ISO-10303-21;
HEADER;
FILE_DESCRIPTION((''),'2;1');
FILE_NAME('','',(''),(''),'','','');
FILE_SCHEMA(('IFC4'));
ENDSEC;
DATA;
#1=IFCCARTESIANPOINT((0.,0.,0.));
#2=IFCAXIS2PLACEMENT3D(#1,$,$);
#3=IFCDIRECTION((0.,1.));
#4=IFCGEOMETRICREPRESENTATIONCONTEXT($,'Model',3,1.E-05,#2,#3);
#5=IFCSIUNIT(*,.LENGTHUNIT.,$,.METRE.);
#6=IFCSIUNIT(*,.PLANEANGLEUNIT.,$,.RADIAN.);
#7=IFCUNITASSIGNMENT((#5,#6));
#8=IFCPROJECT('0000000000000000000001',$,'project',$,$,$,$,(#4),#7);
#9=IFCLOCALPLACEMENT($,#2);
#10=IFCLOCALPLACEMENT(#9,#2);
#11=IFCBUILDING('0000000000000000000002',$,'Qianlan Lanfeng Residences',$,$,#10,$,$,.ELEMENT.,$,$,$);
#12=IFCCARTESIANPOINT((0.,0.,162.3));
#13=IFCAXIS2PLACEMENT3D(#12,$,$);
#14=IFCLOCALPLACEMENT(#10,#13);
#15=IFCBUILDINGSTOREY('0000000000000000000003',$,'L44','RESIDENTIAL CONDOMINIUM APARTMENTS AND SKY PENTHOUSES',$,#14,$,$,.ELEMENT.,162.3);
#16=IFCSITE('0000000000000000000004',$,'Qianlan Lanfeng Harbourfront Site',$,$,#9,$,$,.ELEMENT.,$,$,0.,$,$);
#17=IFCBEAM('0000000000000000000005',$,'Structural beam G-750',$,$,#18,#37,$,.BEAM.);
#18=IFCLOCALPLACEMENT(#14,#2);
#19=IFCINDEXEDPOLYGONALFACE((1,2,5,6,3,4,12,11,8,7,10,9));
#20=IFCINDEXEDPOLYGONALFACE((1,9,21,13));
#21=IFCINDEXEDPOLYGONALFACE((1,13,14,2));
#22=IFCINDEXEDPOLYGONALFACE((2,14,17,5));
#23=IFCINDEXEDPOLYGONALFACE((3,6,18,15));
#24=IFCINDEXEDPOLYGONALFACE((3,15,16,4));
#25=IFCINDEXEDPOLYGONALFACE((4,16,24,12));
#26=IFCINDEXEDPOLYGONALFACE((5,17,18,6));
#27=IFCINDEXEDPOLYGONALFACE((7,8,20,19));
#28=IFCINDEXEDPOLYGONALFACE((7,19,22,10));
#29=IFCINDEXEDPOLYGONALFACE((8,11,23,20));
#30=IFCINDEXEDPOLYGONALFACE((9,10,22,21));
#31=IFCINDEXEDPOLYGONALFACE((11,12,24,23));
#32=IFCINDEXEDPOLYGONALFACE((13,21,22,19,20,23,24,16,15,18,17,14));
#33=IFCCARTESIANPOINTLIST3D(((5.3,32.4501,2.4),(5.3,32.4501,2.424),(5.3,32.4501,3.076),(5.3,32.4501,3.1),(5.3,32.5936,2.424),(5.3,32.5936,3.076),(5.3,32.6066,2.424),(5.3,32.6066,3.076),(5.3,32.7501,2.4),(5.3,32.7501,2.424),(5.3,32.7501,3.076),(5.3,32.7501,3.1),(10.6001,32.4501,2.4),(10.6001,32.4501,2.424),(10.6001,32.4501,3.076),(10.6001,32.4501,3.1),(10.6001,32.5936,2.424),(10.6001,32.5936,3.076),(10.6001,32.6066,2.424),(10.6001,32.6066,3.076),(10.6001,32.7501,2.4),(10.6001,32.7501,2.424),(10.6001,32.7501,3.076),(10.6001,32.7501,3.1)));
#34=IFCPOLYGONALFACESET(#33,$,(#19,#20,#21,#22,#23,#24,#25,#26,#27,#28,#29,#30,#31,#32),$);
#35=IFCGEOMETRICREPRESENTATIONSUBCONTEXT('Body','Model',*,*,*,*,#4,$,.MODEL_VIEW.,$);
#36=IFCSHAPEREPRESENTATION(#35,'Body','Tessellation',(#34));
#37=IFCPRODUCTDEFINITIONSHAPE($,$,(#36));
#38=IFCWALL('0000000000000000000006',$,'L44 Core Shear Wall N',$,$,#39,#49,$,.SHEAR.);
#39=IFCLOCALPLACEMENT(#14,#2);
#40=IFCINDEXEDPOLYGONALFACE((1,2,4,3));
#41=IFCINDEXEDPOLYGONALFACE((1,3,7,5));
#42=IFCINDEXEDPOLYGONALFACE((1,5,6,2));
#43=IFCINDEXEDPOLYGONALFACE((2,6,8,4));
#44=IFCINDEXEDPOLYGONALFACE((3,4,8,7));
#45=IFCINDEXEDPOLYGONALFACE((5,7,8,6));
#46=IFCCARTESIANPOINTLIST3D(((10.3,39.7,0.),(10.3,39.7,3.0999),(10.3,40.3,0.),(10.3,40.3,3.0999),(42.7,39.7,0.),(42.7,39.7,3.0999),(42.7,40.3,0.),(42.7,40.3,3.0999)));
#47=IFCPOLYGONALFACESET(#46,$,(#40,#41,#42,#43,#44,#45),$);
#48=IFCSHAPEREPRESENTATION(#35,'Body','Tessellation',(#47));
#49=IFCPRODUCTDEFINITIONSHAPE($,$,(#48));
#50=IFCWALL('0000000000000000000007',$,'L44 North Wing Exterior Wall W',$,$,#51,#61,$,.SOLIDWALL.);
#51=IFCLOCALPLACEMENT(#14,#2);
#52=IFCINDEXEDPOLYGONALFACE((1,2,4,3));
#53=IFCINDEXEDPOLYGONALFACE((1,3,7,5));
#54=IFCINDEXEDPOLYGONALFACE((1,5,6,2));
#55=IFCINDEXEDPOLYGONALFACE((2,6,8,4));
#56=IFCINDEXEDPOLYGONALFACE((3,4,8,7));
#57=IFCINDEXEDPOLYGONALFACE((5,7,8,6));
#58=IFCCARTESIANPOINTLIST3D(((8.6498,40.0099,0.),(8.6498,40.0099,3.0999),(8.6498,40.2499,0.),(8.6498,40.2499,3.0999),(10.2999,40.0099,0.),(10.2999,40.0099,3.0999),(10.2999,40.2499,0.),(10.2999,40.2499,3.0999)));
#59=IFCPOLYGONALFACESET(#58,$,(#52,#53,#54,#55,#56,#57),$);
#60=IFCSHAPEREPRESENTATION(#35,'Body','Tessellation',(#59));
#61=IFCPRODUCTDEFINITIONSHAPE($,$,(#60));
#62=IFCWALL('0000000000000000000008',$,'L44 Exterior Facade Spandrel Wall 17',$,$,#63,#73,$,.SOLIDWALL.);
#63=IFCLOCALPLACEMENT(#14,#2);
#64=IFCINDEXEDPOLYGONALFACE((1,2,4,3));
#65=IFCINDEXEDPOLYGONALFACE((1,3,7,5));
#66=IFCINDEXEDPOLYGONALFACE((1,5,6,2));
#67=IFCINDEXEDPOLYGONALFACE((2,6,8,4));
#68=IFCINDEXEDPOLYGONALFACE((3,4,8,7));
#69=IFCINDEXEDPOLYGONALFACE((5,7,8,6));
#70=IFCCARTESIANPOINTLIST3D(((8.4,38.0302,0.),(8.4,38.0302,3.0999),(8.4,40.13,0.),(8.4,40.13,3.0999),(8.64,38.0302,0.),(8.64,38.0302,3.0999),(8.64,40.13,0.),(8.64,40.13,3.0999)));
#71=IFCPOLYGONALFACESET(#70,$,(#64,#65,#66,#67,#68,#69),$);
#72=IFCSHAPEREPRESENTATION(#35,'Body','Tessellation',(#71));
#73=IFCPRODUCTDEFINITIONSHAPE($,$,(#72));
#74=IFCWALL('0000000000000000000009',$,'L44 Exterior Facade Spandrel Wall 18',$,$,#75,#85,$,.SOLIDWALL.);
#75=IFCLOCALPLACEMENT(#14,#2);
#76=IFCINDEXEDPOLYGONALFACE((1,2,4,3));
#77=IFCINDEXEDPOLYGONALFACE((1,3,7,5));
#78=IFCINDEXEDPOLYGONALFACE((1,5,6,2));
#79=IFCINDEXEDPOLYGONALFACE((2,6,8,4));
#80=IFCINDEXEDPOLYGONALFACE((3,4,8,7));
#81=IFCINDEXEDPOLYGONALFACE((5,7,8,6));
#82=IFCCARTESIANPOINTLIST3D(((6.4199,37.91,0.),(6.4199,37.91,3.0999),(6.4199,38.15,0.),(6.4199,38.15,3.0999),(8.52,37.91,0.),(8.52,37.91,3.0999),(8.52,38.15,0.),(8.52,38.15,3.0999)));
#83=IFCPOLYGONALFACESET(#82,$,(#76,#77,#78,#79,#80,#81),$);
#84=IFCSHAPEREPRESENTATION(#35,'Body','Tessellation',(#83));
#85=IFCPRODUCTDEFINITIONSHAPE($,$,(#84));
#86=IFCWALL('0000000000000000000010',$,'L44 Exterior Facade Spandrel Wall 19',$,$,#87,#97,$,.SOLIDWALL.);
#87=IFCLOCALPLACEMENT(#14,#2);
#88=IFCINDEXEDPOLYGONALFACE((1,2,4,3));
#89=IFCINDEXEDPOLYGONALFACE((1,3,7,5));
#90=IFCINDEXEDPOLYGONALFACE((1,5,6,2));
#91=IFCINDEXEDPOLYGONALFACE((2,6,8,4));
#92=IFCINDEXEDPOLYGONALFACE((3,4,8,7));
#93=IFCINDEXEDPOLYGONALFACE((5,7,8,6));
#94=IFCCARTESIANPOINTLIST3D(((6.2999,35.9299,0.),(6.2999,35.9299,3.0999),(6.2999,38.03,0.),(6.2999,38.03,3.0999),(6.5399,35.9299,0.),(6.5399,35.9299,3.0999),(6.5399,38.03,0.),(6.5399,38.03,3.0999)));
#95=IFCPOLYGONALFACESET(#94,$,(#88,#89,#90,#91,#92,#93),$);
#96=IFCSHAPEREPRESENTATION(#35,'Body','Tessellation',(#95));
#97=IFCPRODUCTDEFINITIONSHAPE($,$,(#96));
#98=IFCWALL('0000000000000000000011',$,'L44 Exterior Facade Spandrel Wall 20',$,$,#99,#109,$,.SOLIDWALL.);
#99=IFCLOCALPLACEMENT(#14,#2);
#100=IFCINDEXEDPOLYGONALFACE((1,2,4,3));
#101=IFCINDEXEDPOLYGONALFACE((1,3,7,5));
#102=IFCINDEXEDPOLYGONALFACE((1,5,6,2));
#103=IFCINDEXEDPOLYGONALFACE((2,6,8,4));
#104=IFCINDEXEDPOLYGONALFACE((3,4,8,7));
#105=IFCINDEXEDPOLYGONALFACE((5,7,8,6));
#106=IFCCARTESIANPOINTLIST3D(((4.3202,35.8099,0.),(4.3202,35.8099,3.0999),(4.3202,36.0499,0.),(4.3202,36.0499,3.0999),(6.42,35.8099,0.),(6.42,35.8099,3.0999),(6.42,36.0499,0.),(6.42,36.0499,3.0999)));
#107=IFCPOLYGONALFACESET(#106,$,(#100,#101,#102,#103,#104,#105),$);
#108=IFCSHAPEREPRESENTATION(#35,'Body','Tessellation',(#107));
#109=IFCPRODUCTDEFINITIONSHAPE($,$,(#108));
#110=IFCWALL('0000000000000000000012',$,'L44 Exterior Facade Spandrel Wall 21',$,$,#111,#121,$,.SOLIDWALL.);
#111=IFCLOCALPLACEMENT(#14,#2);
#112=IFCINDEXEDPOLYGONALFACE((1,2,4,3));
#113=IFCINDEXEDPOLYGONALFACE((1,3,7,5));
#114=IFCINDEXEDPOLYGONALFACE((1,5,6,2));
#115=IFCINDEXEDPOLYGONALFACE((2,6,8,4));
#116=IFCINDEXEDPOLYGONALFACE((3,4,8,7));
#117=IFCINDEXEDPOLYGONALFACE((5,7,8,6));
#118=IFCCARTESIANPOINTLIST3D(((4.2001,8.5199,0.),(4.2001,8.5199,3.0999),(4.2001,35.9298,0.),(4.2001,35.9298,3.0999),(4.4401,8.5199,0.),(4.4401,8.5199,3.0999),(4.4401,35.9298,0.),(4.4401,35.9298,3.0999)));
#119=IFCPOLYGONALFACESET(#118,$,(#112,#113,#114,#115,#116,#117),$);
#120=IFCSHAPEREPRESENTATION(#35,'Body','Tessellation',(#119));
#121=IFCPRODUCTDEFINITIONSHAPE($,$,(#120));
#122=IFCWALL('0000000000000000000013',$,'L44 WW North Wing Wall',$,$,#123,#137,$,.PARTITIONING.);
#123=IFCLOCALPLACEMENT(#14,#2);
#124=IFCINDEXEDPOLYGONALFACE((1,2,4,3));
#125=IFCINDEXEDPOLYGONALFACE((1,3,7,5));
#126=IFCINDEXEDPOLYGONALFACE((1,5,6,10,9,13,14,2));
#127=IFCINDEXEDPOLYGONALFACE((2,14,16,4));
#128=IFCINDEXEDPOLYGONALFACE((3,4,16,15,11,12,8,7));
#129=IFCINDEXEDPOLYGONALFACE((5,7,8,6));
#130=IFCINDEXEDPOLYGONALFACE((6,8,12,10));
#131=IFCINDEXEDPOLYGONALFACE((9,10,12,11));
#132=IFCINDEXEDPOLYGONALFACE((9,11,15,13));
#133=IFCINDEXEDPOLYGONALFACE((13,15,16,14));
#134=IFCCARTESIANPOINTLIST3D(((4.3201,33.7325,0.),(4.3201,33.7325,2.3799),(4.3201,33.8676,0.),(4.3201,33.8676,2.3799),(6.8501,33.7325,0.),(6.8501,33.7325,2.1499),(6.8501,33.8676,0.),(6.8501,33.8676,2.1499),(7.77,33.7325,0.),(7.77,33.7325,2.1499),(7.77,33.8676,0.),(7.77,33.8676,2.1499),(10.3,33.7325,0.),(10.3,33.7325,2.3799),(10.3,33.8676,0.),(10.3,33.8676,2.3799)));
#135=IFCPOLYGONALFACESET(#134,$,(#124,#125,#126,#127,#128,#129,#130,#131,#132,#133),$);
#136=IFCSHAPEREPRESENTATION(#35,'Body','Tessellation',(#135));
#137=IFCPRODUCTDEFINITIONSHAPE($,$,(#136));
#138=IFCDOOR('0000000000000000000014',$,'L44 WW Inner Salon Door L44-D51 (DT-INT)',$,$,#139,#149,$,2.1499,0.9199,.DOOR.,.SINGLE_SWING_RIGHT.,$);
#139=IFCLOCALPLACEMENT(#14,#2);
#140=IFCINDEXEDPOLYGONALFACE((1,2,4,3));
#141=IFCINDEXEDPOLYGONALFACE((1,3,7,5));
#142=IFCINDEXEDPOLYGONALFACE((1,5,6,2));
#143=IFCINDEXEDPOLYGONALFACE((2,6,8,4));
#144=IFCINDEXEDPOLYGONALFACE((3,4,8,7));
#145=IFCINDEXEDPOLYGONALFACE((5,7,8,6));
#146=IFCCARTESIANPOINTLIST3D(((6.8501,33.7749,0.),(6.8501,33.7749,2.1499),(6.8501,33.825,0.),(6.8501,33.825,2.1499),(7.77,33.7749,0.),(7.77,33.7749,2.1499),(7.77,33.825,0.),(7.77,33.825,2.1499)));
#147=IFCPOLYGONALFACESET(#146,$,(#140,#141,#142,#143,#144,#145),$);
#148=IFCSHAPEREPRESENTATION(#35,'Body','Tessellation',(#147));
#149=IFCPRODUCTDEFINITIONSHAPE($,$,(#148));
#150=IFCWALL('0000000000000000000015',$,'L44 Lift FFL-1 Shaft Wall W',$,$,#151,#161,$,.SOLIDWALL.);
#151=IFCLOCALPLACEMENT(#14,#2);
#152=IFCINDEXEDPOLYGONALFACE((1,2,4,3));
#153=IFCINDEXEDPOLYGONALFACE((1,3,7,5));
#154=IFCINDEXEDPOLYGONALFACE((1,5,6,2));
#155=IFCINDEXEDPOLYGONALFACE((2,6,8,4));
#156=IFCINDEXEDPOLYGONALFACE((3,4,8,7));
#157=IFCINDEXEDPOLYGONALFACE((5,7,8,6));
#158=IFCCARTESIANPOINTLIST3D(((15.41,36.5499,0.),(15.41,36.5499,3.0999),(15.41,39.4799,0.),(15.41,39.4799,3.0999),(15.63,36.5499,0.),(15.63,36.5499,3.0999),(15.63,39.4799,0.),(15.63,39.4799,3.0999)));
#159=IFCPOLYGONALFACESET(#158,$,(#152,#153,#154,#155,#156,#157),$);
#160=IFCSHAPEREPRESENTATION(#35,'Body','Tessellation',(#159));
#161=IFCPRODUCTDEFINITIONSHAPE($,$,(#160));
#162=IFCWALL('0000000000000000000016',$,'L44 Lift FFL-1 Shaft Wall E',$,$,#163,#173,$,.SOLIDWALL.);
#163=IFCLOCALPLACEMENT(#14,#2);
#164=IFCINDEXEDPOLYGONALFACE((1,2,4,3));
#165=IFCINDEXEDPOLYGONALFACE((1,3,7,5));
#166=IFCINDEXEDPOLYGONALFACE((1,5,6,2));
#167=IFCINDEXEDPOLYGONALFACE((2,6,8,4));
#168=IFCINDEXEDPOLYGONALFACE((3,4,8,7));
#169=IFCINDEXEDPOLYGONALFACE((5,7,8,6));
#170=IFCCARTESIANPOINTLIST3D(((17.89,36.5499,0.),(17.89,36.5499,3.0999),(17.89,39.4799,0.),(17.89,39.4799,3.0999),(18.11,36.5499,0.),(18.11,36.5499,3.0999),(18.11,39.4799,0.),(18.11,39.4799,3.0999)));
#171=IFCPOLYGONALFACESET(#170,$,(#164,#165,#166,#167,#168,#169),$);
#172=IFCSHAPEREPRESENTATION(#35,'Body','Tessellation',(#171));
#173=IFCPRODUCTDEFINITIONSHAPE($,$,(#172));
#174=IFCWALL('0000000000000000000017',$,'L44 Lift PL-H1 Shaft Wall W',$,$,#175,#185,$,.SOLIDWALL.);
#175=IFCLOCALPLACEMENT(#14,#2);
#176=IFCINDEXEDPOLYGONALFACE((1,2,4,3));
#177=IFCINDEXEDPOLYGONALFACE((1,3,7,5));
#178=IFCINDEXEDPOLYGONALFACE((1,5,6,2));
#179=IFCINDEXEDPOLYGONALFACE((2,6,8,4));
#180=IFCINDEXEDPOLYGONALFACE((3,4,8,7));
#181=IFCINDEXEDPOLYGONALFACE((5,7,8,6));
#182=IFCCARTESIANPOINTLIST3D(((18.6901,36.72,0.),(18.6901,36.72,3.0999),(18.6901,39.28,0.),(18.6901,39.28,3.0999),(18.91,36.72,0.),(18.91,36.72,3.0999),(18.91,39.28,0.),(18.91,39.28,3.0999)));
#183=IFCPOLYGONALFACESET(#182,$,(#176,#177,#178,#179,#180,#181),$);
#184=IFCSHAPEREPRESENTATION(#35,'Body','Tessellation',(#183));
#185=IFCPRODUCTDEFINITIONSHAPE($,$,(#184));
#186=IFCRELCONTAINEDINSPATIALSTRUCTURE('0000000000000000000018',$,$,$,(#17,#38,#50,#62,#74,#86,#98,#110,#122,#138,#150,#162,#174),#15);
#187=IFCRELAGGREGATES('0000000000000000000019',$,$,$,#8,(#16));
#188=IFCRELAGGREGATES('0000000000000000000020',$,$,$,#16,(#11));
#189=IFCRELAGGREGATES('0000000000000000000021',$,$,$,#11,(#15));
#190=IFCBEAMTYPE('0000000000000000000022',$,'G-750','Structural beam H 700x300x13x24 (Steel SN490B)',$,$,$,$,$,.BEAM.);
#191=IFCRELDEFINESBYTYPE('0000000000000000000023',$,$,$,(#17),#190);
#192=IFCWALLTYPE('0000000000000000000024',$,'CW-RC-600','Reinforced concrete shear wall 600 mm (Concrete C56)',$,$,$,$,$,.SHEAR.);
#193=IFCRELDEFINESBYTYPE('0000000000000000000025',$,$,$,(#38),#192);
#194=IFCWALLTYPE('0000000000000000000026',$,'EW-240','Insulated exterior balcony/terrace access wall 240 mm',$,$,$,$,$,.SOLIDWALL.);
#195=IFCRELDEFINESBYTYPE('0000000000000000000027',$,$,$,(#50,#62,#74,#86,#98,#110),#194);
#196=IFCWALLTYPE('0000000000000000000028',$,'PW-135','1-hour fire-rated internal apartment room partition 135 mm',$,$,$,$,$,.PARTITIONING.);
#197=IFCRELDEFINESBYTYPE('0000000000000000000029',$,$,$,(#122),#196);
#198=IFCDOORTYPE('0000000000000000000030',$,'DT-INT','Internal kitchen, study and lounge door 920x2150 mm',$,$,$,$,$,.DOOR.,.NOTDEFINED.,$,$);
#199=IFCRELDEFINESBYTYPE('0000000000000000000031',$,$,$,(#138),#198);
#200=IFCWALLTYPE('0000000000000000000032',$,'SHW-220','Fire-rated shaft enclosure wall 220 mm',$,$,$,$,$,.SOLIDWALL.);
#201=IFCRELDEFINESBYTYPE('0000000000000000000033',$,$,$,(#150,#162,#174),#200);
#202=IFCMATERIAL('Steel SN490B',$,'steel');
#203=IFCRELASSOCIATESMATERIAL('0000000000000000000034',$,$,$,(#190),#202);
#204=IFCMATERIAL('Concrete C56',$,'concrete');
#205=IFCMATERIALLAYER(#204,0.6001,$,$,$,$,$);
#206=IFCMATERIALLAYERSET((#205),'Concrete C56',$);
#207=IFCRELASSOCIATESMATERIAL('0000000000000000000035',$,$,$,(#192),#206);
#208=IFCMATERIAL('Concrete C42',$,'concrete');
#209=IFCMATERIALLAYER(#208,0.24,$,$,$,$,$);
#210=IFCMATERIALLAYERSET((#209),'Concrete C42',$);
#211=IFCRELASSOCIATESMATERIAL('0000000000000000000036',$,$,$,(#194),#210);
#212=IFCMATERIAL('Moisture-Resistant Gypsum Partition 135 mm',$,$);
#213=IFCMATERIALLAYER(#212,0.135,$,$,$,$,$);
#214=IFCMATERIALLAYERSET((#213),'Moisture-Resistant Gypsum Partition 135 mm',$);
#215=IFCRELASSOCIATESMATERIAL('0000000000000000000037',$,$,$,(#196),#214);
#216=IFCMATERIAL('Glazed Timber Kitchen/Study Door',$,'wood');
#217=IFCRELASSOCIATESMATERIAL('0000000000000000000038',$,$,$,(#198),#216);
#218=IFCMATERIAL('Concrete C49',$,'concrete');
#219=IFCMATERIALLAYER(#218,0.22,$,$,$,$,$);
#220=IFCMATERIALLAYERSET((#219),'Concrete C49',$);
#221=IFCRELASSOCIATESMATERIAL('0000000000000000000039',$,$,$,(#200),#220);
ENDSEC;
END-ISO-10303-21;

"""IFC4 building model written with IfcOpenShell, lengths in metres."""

from ifc_helpers import new_model, si_unit, direction, frame, frame_2d, origin, origin_2d, place, context, subcontext, project, spatial, rectangle, i_section, extrude, material, layer, layer_set, material_profile, profile_set, type_object, element, fill, save


model = new_model("IFC4")

# Units and contexts
model_context = context("Model", 3, precision=1e-05, world=origin(), true_north=direction((0.0, 1.0)))
body_context = subcontext(model_context, "Body", "Model", "MODEL_VIEW")
ifc_project = project(units=[si_unit("LENGTHUNIT", "METRE"), si_unit("PLANEANGLEUNIT", "RADIAN")], contexts=[model_context])

# Site, building, storey
site_placement = place(None, origin())
site = spatial("IfcSite", under=ifc_project, at=site_placement, Name="Qianlan Lanfeng Harbourfront Site", CompositionType="ELEMENT", RefElevation=0.0)
building_placement = place(site_placement, origin())
building = spatial("IfcBuilding", under=site, at=building_placement, Name="Qianlan Lanfeng Residences", CompositionType="ELEMENT")
storey_placement = place(building_placement, frame((0.0, 0.0, 162.3)))
storey = spatial("IfcBuildingStorey", under=building, at=storey_placement, Name="L44", Description="RESIDENTIAL CONDOMINIUM APARTMENTS AND SKY PENTHOUSES", CompositionType="ELEMENT", Elevation=162.3)

# Beam
ifc_material_1 = material(Name="Steel SN490B", Category="steel")
ifc_material_profile = material_profile(ifc_material_1, i_section(OverallWidth=0.3, OverallDepth=0.7, WebThickness=0.0129, FlangeThickness=0.0239, at=origin_2d()), Name="H 700x300x13x24")
ifc_profile_set = profile_set([ifc_material_profile], Name="Steel SN490B")
beam_type = type_object("IfcBeamType", Name="G-750", Description="Structural beam H 700x300x13x24 (Steel SN490B)", PredefinedType="BEAM", material=ifc_profile_set)
beam_placement = place(storey_placement, frame((5.3, 32.6001, 2.75), z_axis=(1.0, 0.0, 0.0), x_axis=(0.0, 1.0, 0.0)))
element("IfcBeam", 1, at=beam_placement, inside=storey, type_object=beam_type, Name="Structural beam G-750", PredefinedType="BEAM", context=body_context, shape_type="SweptSolid", body=[
    extrude(i_section(OverallWidth=0.3, OverallDepth=0.7, WebThickness=0.0129, FlangeThickness=0.0239, at=origin_2d()), origin(), (0.0, 0.0, 1.0), 5.3),
])

# Shared definitions
ifc_material_2 = material(Name="Concrete C56", Category="concrete")

# Walls
ifc_layer_1 = layer(ifc_material_2, 0.6001)
ifc_layer_set_1 = layer_set([ifc_layer_1], Name="Concrete C56")
wall_type_1 = type_object("IfcWallType", Name="CW-RC-600", Description="Reinforced concrete shear wall 600 mm (Concrete C56)", PredefinedType="SHEAR", material=ifc_layer_set_1)
wall_1_placement = place(storey_placement, frame((10.3, 40.0, 0.0), z_axis=(0.0, 0.0, 1.0), x_axis=(1.0, 0.0, 0.0)))
element("IfcWall", 2, at=wall_1_placement, inside=storey, type_object=wall_type_1, Name="L44 Core Shear Wall N", PredefinedType="SHEAR", context=body_context, shape_type="SweptSolid", body=[
    extrude(rectangle(XDim=32.3999, YDim=0.6001, at=frame_2d((16.2, 0.0))), origin(), (0.0, 0.0, 1.0), 3.0999),
])
ifc_material_3 = material(Name="Concrete C42", Category="concrete")
ifc_layer_2 = layer(ifc_material_3, 0.24)
ifc_layer_set_2 = layer_set([ifc_layer_2], Name="Concrete C42")
wall_type_2 = type_object("IfcWallType", Name="EW-240", Description="Insulated exterior balcony/terrace access wall 240 mm", PredefinedType="SOLIDWALL", material=ifc_layer_set_2)
wall_2_placement = place(storey_placement, frame((10.3, 40.1299, 0.0), z_axis=(0.0, 0.0, 1.0), x_axis=(-1.0, 0.0, 0.0)))
element("IfcWall", 3, at=wall_2_placement, inside=storey, type_object=wall_type_2, Name="L44 North Wing Exterior Wall W", PredefinedType="SOLIDWALL", context=body_context, shape_type="SweptSolid", body=[
    extrude(rectangle(XDim=1.6501, YDim=0.24, at=frame_2d((0.8252, 0.0))), origin(), (0.0, 0.0, 1.0), 3.0999),
])
wall_3_placement = place(storey_placement, frame((8.52, 40.1299, 0.0), z_axis=(0.0, 0.0, 1.0), x_axis=(0.0, -1.0, 0.0)))
element("IfcWall", 4, at=wall_3_placement, inside=storey, type_object=wall_type_2, Name="L44 Exterior Facade Spandrel Wall 17", PredefinedType="SOLIDWALL", context=body_context, shape_type="SweptSolid", body=[
    extrude(rectangle(XDim=2.0999, YDim=0.24, at=frame_2d((1.0498, 0.0))), origin(), (0.0, 0.0, 1.0), 3.0999),
])
for number, where, z_axis, x_axis, name in (
    (5, (8.52, 38.03, 0.0), (0.0, 0.0, 1.0), (-1.0, 0.0, 0.0), "L44 Exterior Facade Spandrel Wall 18"),
    (6, (6.4199, 38.03, 0.0), (0.0, 0.0, 1.0), (0.0, -1.0, 0.0), "L44 Exterior Facade Spandrel Wall 19"),
):
    element("IfcWall", number, at=place(storey_placement, frame(where, z_axis=z_axis, x_axis=x_axis)), inside=storey, type_object=wall_type_2, Name=name, PredefinedType="SOLIDWALL", context=body_context, shape_type="SweptSolid", body=[
        extrude(rectangle(XDim=2.1001, YDim=0.24, at=frame_2d((1.05, 0.0))), origin(), (0.0, 0.0, 1.0), 3.0999),
    ])
wall_4_placement = place(storey_placement, frame((6.4199, 35.9299, 0.0), z_axis=(0.0, 0.0, 1.0), x_axis=(-1.0, 0.0, 0.0)))
element("IfcWall", 7, at=wall_4_placement, inside=storey, type_object=wall_type_2, Name="L44 Exterior Facade Spandrel Wall 20", PredefinedType="SOLIDWALL", context=body_context, shape_type="SweptSolid", body=[
    extrude(rectangle(XDim=2.0999, YDim=0.24, at=frame_2d((1.0498, 0.0))), origin(), (0.0, 0.0, 1.0), 3.0999),
])
wall_5_placement = place(storey_placement, frame((4.3201, 35.9299, 0.0), z_axis=(0.0, 0.0, 1.0), x_axis=(0.0, -1.0, 0.0)))
element("IfcWall", 8, at=wall_5_placement, inside=storey, type_object=wall_type_2, Name="L44 Exterior Facade Spandrel Wall 21", PredefinedType="SOLIDWALL", context=body_context, shape_type="SweptSolid", body=[
    extrude(rectangle(XDim=27.4099, YDim=0.24, at=frame_2d((13.7051, 0.0))), origin(), (0.0, 0.0, 1.0), 3.0999),
])

# Wall, opening, door
ifc_material_4 = material(Name="Moisture-Resistant Gypsum Partition 135 mm")
ifc_layer_3 = layer(ifc_material_4, 0.135)
ifc_layer_set_3 = layer_set([ifc_layer_3], Name="Moisture-Resistant Gypsum Partition 135 mm")
wall_type_3 = type_object("IfcWallType", Name="PW-135", Description="1-hour fire-rated internal apartment room partition 135 mm", PredefinedType="PARTITIONING", material=ifc_layer_set_3)
wall_6_placement = place(storey_placement, frame((4.3201, 33.8, 0.0), z_axis=(0.0, 0.0, 1.0), x_axis=(1.0, 0.0, 0.0)))
wall_6 = element("IfcWall", 9, at=wall_6_placement, inside=storey, type_object=wall_type_3, Name="L44 WW North Wing Wall", PredefinedType="PARTITIONING", context=body_context, shape_type="SweptSolid", body=[
    extrude(rectangle(XDim=5.98, YDim=0.135, at=frame_2d((2.99, 0.0))), origin(), (0.0, 0.0, 1.0), 2.3799),
])
opening_1_placement = place(wall_6_placement, frame((2.53, 0.0, 0.0)))
opening_1 = element("IfcOpeningElement", 10, at=opening_1_placement, cuts=wall_6, PredefinedType="OPENING", context=body_context, shape_type="SweptSolid", body=[
    extrude(rectangle(XDim=0.9199, YDim=2.1499, at=frame_2d((0.46, 1.075))), frame((0.0, 0.0776, 0.0), z_axis=(0.0, -1.0, 0.0), x_axis=(1.0, 0.0, 0.0)), (0.0, 0.0, 1.0), 0.155),
])
ifc_material_5 = material(Name="Glazed Timber Kitchen/Study Door", Category="wood")
door_type_1 = type_object("IfcDoorType", Name="DT-INT", Description="Internal kitchen, study and lounge door 920x2150 mm", OperationType="NOTDEFINED", PredefinedType="DOOR", material=ifc_material_5)
door_1_placement = place(opening_1_placement, origin())
door_1 = element("IfcDoor", 11, at=door_1_placement, inside=storey, type_object=door_type_1, Name="L44 WW Inner Salon Door L44-D51 (DT-INT)", OperationType="SINGLE_SWING_RIGHT", OverallHeight=2.1499, OverallWidth=0.9199, PredefinedType="DOOR", context=body_context, shape_type="SweptSolid", body=[
    extrude(rectangle(XDim=0.9199, YDim=2.1499, at=frame_2d((0.46, 1.075))), frame((0.0, 0.0249, 0.0), z_axis=(0.0, -1.0, 0.0), x_axis=(1.0, 0.0, 0.0)), (0.0, 0.0, 1.0), 0.05),
])
fill(opening_1, door_1)

# Walls
ifc_material_6 = material(Name="Concrete C49", Category="concrete")
ifc_layer_4 = layer(ifc_material_6, 0.22)
ifc_layer_set_4 = layer_set([ifc_layer_4], Name="Concrete C49")
wall_type_4 = type_object("IfcWallType", Name="SHW-220", Description="Fire-rated shaft enclosure wall 220 mm", PredefinedType="SOLIDWALL", material=ifc_layer_set_4)
for number, where, z_axis, x_axis, name in (
    (12, (15.52, 36.55, 0.0), (0.0, 0.0, 1.0), (0.0, 1.0, 0.0), "L44 Lift FFL-1 Shaft Wall W"),
    (13, (18.0, 36.55, 0.0), (0.0, 0.0, 1.0), (0.0, 1.0, 0.0), "L44 Lift FFL-1 Shaft Wall E"),
):
    element("IfcWall", number, at=place(storey_placement, frame(where, z_axis=z_axis, x_axis=x_axis)), inside=storey, type_object=wall_type_4, Name=name, PredefinedType="SOLIDWALL", context=body_context, shape_type="SweptSolid", body=[
        extrude(rectangle(XDim=2.9299, YDim=0.22, at=frame_2d((1.4648, 0.0))), origin(), (0.0, 0.0, 1.0), 3.0999),
    ])
wall_7_placement = place(storey_placement, frame((18.8, 36.72, 0.0), z_axis=(0.0, 0.0, 1.0), x_axis=(0.0, 1.0, 0.0)))
element("IfcWall", 14, at=wall_7_placement, inside=storey, type_object=wall_type_4, Name="L44 Lift PL-H1 Shaft Wall W", PredefinedType="SOLIDWALL", context=body_context, shape_type="SweptSolid", body=[
    extrude(rectangle(XDim=2.5601, YDim=0.22, at=frame_2d((1.28, 0.0))), origin(), (0.0, 0.0, 1.0), 3.0999),
])

save(model, "model.ifc")
